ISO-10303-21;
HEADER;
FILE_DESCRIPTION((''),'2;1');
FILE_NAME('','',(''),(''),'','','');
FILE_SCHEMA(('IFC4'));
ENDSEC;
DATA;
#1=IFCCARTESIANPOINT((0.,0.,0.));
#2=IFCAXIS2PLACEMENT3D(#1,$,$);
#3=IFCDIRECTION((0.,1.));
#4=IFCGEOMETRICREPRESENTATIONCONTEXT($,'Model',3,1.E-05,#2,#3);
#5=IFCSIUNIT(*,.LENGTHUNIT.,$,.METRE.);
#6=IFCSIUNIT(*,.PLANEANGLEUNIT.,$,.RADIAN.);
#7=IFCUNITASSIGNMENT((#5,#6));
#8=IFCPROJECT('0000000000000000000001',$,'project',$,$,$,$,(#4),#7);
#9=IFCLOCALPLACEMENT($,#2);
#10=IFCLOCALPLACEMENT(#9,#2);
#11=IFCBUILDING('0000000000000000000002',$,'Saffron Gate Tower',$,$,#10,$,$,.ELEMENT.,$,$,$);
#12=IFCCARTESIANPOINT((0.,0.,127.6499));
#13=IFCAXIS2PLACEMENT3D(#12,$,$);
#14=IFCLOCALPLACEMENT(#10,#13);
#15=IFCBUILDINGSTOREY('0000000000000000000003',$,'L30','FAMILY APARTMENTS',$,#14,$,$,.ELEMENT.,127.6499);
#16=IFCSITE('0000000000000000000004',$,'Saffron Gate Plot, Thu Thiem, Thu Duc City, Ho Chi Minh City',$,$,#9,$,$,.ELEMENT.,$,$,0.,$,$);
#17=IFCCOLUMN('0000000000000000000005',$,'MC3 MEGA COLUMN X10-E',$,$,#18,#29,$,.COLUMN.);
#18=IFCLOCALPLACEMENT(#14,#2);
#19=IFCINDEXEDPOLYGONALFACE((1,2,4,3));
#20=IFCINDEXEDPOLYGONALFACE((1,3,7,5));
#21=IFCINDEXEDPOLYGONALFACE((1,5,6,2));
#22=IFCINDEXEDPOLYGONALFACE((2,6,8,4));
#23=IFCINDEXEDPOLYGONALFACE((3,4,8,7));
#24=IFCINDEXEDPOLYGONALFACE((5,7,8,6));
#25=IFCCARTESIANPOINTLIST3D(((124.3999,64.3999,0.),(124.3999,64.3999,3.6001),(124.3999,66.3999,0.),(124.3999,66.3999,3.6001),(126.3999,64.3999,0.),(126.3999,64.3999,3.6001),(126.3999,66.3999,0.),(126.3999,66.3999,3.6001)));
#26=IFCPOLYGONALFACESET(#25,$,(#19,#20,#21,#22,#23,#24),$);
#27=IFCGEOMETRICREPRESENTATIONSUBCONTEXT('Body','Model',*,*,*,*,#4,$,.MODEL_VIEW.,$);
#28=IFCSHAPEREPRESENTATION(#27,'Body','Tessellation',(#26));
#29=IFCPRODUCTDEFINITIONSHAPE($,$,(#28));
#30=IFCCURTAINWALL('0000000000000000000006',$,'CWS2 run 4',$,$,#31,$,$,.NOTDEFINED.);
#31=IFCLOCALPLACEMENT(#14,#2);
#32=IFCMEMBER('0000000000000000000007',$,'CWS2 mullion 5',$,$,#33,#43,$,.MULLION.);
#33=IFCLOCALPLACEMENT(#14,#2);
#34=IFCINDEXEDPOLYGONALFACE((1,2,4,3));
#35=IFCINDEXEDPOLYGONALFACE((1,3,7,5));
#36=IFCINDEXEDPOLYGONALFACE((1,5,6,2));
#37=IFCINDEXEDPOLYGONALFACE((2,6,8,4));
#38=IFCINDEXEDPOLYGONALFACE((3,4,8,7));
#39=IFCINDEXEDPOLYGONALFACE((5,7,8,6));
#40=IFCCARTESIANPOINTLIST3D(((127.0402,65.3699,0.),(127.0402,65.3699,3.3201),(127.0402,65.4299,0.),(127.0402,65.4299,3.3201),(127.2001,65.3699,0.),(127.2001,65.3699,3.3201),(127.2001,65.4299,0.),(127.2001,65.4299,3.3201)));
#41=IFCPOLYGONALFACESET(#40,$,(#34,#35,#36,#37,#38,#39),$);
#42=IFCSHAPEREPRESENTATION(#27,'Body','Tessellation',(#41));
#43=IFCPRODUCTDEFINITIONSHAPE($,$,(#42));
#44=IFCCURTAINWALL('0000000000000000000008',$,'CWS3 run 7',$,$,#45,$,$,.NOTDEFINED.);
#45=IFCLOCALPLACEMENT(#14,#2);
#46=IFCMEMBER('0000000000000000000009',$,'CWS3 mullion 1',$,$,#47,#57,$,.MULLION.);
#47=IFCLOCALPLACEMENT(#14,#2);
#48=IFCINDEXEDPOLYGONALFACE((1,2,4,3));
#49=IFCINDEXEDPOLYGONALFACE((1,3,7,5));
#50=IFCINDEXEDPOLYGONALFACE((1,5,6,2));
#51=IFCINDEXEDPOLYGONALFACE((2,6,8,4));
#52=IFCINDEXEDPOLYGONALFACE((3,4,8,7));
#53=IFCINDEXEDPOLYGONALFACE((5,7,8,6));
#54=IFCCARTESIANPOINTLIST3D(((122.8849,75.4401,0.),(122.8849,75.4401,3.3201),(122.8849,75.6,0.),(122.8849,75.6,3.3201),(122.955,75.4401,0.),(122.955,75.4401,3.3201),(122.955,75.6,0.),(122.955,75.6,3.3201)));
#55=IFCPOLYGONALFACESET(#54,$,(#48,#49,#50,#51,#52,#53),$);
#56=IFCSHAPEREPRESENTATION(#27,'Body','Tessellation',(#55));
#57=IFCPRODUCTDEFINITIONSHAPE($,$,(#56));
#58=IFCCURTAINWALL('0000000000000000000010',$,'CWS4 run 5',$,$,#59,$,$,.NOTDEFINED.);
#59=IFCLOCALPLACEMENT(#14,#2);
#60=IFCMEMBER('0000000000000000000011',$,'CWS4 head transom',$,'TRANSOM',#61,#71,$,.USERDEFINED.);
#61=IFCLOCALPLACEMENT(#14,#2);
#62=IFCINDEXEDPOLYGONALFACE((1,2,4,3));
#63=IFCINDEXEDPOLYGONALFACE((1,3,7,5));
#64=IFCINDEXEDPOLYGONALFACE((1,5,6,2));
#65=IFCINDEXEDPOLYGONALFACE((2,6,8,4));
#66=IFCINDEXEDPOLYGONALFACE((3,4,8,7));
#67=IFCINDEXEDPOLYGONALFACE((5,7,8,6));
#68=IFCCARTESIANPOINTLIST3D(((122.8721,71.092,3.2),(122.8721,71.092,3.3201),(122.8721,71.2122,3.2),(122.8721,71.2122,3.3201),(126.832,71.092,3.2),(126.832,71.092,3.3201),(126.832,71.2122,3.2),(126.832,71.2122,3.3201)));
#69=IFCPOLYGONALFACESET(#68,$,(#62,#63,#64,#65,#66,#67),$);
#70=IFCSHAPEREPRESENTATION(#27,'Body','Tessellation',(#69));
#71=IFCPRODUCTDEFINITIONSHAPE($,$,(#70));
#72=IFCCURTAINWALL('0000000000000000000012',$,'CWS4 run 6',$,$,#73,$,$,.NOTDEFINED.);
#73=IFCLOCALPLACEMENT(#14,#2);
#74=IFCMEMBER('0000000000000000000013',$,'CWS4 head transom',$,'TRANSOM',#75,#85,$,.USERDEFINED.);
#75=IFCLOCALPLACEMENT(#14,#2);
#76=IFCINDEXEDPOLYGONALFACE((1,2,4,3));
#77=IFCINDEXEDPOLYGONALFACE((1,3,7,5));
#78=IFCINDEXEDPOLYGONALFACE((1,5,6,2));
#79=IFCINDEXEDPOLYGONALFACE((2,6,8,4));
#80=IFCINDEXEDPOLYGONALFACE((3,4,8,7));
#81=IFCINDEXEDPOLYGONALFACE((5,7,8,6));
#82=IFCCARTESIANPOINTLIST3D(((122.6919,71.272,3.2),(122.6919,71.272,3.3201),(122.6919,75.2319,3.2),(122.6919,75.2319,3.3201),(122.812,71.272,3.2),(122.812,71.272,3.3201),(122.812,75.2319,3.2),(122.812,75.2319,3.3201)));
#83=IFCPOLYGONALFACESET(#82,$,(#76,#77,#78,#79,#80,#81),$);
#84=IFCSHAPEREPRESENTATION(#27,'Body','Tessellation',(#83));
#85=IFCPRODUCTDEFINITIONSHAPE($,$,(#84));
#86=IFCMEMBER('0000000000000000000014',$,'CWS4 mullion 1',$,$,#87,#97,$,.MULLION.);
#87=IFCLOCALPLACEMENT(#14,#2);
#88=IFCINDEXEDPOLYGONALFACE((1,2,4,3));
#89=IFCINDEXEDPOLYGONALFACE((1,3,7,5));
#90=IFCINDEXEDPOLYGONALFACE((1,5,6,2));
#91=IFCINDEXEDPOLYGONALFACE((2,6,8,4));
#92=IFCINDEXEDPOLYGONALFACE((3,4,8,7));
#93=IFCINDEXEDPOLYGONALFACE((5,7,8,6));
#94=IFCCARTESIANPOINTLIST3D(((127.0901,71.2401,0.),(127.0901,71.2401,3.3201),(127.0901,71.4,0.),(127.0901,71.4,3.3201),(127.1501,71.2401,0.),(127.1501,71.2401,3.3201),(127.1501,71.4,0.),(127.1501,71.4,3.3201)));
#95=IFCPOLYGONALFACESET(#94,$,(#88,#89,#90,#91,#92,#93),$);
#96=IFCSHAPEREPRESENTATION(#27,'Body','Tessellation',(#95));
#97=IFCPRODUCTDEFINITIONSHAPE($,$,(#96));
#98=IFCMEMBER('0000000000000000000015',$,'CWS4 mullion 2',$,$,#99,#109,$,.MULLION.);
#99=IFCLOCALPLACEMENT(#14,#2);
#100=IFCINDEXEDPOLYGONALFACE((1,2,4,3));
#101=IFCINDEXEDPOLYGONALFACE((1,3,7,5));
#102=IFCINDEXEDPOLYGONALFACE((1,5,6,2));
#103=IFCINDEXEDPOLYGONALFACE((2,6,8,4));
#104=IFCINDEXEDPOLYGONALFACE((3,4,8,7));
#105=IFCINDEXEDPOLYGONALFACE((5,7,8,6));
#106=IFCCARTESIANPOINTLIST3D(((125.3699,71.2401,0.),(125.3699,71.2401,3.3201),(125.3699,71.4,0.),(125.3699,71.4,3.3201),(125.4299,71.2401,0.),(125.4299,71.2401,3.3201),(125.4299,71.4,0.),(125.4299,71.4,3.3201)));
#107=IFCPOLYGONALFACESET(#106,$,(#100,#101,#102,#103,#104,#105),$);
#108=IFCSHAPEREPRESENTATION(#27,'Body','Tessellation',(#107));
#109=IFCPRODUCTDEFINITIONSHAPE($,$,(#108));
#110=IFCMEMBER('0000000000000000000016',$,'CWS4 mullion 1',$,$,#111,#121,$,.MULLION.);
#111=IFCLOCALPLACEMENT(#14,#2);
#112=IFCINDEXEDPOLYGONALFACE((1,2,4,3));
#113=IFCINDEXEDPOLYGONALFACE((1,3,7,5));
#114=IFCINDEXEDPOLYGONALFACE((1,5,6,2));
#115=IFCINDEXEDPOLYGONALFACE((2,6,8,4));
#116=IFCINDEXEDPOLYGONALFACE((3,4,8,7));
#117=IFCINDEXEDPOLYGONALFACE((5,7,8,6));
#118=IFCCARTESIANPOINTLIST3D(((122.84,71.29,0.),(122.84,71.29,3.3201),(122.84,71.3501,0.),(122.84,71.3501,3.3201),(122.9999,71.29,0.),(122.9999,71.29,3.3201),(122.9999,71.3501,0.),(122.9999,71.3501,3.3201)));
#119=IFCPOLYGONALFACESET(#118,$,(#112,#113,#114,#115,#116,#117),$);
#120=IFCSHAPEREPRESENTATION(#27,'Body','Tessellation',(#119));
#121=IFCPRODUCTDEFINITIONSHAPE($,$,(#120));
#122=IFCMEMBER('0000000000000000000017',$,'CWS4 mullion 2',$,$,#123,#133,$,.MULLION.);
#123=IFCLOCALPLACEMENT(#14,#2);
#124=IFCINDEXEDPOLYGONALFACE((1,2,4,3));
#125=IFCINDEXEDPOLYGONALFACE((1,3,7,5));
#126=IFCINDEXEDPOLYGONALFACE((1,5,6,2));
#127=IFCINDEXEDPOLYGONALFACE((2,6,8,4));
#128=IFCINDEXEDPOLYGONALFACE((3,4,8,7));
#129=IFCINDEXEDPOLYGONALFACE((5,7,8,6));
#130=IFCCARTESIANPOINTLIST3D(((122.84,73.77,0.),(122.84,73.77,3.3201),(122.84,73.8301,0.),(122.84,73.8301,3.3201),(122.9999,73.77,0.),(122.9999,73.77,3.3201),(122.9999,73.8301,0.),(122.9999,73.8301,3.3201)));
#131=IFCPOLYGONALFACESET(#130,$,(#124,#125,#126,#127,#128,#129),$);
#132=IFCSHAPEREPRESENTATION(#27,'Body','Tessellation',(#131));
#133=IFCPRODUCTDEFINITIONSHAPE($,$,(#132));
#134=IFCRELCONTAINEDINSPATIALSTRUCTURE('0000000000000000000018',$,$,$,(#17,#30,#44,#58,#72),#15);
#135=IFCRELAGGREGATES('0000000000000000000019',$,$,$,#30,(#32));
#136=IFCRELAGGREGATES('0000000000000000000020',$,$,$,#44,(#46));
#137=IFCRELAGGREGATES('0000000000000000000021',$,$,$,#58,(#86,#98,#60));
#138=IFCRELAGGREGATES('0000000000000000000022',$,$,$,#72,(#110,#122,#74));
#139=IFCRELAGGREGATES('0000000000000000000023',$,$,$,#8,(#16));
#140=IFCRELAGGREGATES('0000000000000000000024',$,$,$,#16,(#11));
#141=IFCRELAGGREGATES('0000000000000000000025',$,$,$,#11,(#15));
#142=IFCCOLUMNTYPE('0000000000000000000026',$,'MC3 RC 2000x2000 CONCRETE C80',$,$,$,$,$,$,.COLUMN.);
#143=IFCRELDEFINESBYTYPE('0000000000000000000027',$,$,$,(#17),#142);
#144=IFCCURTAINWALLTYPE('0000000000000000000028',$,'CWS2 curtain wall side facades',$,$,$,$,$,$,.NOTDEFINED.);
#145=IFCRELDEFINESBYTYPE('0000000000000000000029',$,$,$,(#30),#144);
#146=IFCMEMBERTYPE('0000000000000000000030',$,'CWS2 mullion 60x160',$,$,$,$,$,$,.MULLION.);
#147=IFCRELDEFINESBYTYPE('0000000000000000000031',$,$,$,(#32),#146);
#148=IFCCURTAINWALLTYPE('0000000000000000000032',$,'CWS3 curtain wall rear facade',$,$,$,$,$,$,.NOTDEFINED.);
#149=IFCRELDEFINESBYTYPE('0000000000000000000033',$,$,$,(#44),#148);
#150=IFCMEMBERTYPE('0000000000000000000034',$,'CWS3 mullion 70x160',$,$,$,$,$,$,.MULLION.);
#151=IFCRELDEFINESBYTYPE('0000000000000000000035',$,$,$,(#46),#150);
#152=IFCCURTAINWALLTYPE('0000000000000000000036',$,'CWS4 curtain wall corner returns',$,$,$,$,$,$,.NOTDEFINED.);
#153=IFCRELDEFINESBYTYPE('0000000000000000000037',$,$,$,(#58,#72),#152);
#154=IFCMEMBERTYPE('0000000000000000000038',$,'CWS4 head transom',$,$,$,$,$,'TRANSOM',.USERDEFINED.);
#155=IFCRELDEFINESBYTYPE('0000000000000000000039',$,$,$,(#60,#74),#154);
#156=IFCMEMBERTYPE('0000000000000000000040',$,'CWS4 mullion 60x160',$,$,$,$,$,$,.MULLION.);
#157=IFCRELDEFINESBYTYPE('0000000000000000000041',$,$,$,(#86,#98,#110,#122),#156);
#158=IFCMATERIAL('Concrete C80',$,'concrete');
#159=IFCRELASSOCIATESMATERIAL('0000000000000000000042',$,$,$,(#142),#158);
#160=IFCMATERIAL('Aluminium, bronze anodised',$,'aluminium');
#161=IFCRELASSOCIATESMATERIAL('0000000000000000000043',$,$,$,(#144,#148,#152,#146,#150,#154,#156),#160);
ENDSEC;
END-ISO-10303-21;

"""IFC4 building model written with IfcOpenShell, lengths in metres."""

from ifc_helpers import new_model, si_unit, direction, frame, origin, origin_2d, place, context, subcontext, project, spatial, rectangle, extrude, material, material_profile, profile_set, type_object, element, aggregate, save


model = new_model("IFC4")

# Units and contexts
model_context = context("Model", 3, precision=1e-05, world=origin(), true_north=direction((0.0, 1.0)))
body_context = subcontext(model_context, "Body", "Model", "MODEL_VIEW")
ifc_project = project(units=[si_unit("LENGTHUNIT", "METRE"), si_unit("PLANEANGLEUNIT", "RADIAN")], contexts=[model_context])

# Site, building, storey
site_placement = place(None, origin())
site = spatial("IfcSite", under=ifc_project, at=site_placement, Name="Saffron Gate Plot, Thu Thiem, Thu Duc City, Ho Chi Minh City", CompositionType="ELEMENT", RefElevation=0.0)
building_placement = place(site_placement, origin())
building = spatial("IfcBuilding", under=site, at=building_placement, Name="Saffron Gate Tower", CompositionType="ELEMENT")
storey_placement = place(building_placement, frame((0.0, 0.0, 127.6499)))
storey = spatial("IfcBuildingStorey", under=building, at=storey_placement, Name="L30", Description="FAMILY APARTMENTS", CompositionType="ELEMENT", Elevation=127.6499)

# Column
ifc_material_1 = material(Name="Concrete C80", Category="concrete")
ifc_material_profile_1 = material_profile(ifc_material_1, rectangle(XDim=2.0, YDim=2.0, at=origin_2d()))
ifc_profile_set_1 = profile_set([ifc_material_profile_1], Name="Concrete C80")
column_type = type_object("IfcColumnType", Name="MC3 RC 2000x2000 CONCRETE C80", PredefinedType="COLUMN", material=ifc_profile_set_1)
column_placement = place(storey_placement, frame((125.3999, 65.3999, 0.0), z_axis=(0.0, 0.0, 1.0), x_axis=(1.0, 0.0, 0.0)))
element("IfcColumn", 1, at=column_placement, inside=storey, type_object=column_type, Name="MC3 MEGA COLUMN X10-E", PredefinedType="COLUMN", context=body_context, shape_type="SweptSolid", body=[
    extrude(rectangle(XDim=2.0, YDim=2.0, at=origin_2d()), origin(), (0.0, 0.0, 1.0), 3.6001),
])

# Curtain walls, members
ifc_material_2 = material(Name="Aluminium, bronze anodised", Category="aluminium")
curtain_wall_type_1 = type_object("IfcCurtainWallType", Name="CWS2 curtain wall side facades", PredefinedType="NOTDEFINED", material=ifc_material_2)
curtain_wall_1_placement = place(storey_placement, origin())
curtain_wall_1 = element("IfcCurtainWall", 2, at=curtain_wall_1_placement, inside=storey, type_object=curtain_wall_type_1, Name="CWS2 run 4", PredefinedType="NOTDEFINED")
ifc_material_profile_2 = material_profile(ifc_material_2, rectangle(XDim=0.1599, YDim=0.0601, at=origin_2d()))
ifc_profile_set_2 = profile_set([ifc_material_profile_2], Name="Aluminium, bronze anodised")
member_type_1 = type_object("IfcMemberType", Name="CWS2 mullion 60x160", PredefinedType="MULLION", material=ifc_profile_set_2)
member_1_placement = place(storey_placement, frame((127.1201, 65.3999, 0.0), z_axis=(0.0, 0.0, 1.0), x_axis=(-1.0, 0.0, 0.0)))
member_1 = element("IfcMember", 3, at=member_1_placement, type_object=member_type_1, Name="CWS2 mullion 5", PredefinedType="MULLION", context=body_context, shape_type="SweptSolid", body=[
    extrude(rectangle(XDim=0.1599, YDim=0.0601, at=origin_2d()), origin(), (0.0, 0.0, 1.0), 3.3201),
])
aggregate(curtain_wall_1, [member_1])
curtain_wall_type_2 = type_object("IfcCurtainWallType", Name="CWS3 curtain wall rear facade", PredefinedType="NOTDEFINED", material=ifc_material_2)
curtain_wall_2_placement = place(storey_placement, origin())
curtain_wall_2 = element("IfcCurtainWall", 4, at=curtain_wall_2_placement, inside=storey, type_object=curtain_wall_type_2, Name="CWS3 run 7", PredefinedType="NOTDEFINED")
ifc_material_profile_3 = material_profile(ifc_material_2, rectangle(XDim=0.1599, YDim=0.0701, at=origin_2d()))
ifc_profile_set_3 = profile_set([ifc_material_profile_3], Name="Aluminium, bronze anodised")
member_type_2 = type_object("IfcMemberType", Name="CWS3 mullion 70x160", PredefinedType="MULLION", material=ifc_profile_set_3)
member_2_placement = place(storey_placement, frame((122.9199, 75.52, 0.0), z_axis=(0.0, 0.0, 1.0), x_axis=(0.0, -1.0, 0.0)))
member_2 = element("IfcMember", 5, at=member_2_placement, type_object=member_type_2, Name="CWS3 mullion 1", PredefinedType="MULLION", context=body_context, shape_type="SweptSolid", body=[
    extrude(rectangle(XDim=0.1599, YDim=0.0701, at=origin_2d()), origin(), (0.0, 0.0, 1.0), 3.3201),
])
curtain_wall_type_3 = type_object("IfcCurtainWallType", Name="CWS4 curtain wall corner returns", PredefinedType="NOTDEFINED", material=ifc_material_2)
curtain_wall_3_placement = place(storey_placement, origin())
curtain_wall_3 = element("IfcCurtainWall", 6, at=curtain_wall_3_placement, inside=storey, type_object=curtain_wall_type_3, Name="CWS4 run 5", PredefinedType="NOTDEFINED")
ifc_material_profile_4 = material_profile(ifc_material_2, rectangle(XDim=0.1201, YDim=0.1201, at=origin_2d()))
ifc_profile_set_4 = profile_set([ifc_material_profile_4], Name="Aluminium, bronze anodised")
member_type_3 = type_object("IfcMemberType", Name="CWS4 head transom", ElementType="TRANSOM", PredefinedType="USERDEFINED", material=ifc_profile_set_4)
member_3_placement = place(storey_placement, frame((126.832, 71.1521, 3.26), z_axis=(-1.0, 0.0, 0.0), x_axis=(0.0, -1.0, 0.0)))
member_3 = element("IfcMember", 7, at=member_3_placement, type_object=member_type_3, Name="CWS4 head transom", ObjectType="TRANSOM", PredefinedType="USERDEFINED", context=body_context, shape_type="SweptSolid", body=[
    extrude(rectangle(XDim=0.1201, YDim=0.1201, at=origin_2d()), origin(), (0.0, 0.0, 1.0), 3.96),
])
curtain_wall_4_placement = place(storey_placement, origin())
curtain_wall_4 = element("IfcCurtainWall", 8, at=curtain_wall_4_placement, inside=storey, type_object=curtain_wall_type_3, Name="CWS4 run 6", PredefinedType="NOTDEFINED")
member_4_placement = place(storey_placement, frame((122.752, 71.272, 3.26), z_axis=(0.0, 1.0, 0.0), x_axis=(-1.0, 0.0, 0.0)))
member_4 = element("IfcMember", 9, at=member_4_placement, type_object=member_type_3, Name="CWS4 head transom", ObjectType="TRANSOM", PredefinedType="USERDEFINED", context=body_context, shape_type="SweptSolid", body=[
    extrude(rectangle(XDim=0.1201, YDim=0.1201, at=origin_2d()), origin(), (0.0, 0.0, 1.0), 3.96),
])

# Members
ifc_material_profile_5 = material_profile(ifc_material_2, rectangle(XDim=0.1599, YDim=0.0601, at=origin_2d()))
ifc_profile_set_5 = profile_set([ifc_material_profile_5], Name="Aluminium, bronze anodised")
member_type_4 = type_object("IfcMemberType", Name="CWS4 mullion 60x160", PredefinedType="MULLION", material=ifc_profile_set_5)
member_5_placement = place(storey_placement, frame((127.1201, 71.3201, 0.0), z_axis=(0.0, 0.0, 1.0), x_axis=(0.0, -1.0, 0.0)))
member_5 = element("IfcMember", 10, at=member_5_placement, type_object=member_type_4, Name="CWS4 mullion 1", PredefinedType="MULLION", context=body_context, shape_type="SweptSolid", body=[
    extrude(rectangle(XDim=0.1599, YDim=0.0601, at=origin_2d()), origin(), (0.0, 0.0, 1.0), 3.3201),
])
member_6_placement = place(storey_placement, frame((125.3999, 71.3201, 0.0), z_axis=(0.0, 0.0, 1.0), x_axis=(0.0, -1.0, 0.0)))
member_6 = element("IfcMember", 11, at=member_6_placement, type_object=member_type_4, Name="CWS4 mullion 2", PredefinedType="MULLION", context=body_context, shape_type="SweptSolid", body=[
    extrude(rectangle(XDim=0.1599, YDim=0.0601, at=origin_2d()), origin(), (0.0, 0.0, 1.0), 3.3201),
])
member_7_placement = place(storey_placement, frame((122.9199, 71.3201, 0.0), z_axis=(0.0, 0.0, 1.0), x_axis=(-1.0, 0.0, 0.0)))
member_7 = element("IfcMember", 12, at=member_7_placement, type_object=member_type_4, Name="CWS4 mullion 1", PredefinedType="MULLION", context=body_context, shape_type="SweptSolid", body=[
    extrude(rectangle(XDim=0.1599, YDim=0.0601, at=origin_2d()), origin(), (0.0, 0.0, 1.0), 3.3201),
])
member_8_placement = place(storey_placement, frame((122.9199, 73.8, 0.0), z_axis=(0.0, 0.0, 1.0), x_axis=(-1.0, 0.0, 0.0)))
member_8 = element("IfcMember", 13, at=member_8_placement, type_object=member_type_4, Name="CWS4 mullion 2", PredefinedType="MULLION", context=body_context, shape_type="SweptSolid", body=[
    extrude(rectangle(XDim=0.1599, YDim=0.0601, at=origin_2d()), origin(), (0.0, 0.0, 1.0), 3.3201),
])

aggregate(curtain_wall_2, [member_2])

aggregate(curtain_wall_3, [member_5, member_6, member_3])
aggregate(curtain_wall_4, [member_7, member_8, member_4])

save(model, "model.ifc")
